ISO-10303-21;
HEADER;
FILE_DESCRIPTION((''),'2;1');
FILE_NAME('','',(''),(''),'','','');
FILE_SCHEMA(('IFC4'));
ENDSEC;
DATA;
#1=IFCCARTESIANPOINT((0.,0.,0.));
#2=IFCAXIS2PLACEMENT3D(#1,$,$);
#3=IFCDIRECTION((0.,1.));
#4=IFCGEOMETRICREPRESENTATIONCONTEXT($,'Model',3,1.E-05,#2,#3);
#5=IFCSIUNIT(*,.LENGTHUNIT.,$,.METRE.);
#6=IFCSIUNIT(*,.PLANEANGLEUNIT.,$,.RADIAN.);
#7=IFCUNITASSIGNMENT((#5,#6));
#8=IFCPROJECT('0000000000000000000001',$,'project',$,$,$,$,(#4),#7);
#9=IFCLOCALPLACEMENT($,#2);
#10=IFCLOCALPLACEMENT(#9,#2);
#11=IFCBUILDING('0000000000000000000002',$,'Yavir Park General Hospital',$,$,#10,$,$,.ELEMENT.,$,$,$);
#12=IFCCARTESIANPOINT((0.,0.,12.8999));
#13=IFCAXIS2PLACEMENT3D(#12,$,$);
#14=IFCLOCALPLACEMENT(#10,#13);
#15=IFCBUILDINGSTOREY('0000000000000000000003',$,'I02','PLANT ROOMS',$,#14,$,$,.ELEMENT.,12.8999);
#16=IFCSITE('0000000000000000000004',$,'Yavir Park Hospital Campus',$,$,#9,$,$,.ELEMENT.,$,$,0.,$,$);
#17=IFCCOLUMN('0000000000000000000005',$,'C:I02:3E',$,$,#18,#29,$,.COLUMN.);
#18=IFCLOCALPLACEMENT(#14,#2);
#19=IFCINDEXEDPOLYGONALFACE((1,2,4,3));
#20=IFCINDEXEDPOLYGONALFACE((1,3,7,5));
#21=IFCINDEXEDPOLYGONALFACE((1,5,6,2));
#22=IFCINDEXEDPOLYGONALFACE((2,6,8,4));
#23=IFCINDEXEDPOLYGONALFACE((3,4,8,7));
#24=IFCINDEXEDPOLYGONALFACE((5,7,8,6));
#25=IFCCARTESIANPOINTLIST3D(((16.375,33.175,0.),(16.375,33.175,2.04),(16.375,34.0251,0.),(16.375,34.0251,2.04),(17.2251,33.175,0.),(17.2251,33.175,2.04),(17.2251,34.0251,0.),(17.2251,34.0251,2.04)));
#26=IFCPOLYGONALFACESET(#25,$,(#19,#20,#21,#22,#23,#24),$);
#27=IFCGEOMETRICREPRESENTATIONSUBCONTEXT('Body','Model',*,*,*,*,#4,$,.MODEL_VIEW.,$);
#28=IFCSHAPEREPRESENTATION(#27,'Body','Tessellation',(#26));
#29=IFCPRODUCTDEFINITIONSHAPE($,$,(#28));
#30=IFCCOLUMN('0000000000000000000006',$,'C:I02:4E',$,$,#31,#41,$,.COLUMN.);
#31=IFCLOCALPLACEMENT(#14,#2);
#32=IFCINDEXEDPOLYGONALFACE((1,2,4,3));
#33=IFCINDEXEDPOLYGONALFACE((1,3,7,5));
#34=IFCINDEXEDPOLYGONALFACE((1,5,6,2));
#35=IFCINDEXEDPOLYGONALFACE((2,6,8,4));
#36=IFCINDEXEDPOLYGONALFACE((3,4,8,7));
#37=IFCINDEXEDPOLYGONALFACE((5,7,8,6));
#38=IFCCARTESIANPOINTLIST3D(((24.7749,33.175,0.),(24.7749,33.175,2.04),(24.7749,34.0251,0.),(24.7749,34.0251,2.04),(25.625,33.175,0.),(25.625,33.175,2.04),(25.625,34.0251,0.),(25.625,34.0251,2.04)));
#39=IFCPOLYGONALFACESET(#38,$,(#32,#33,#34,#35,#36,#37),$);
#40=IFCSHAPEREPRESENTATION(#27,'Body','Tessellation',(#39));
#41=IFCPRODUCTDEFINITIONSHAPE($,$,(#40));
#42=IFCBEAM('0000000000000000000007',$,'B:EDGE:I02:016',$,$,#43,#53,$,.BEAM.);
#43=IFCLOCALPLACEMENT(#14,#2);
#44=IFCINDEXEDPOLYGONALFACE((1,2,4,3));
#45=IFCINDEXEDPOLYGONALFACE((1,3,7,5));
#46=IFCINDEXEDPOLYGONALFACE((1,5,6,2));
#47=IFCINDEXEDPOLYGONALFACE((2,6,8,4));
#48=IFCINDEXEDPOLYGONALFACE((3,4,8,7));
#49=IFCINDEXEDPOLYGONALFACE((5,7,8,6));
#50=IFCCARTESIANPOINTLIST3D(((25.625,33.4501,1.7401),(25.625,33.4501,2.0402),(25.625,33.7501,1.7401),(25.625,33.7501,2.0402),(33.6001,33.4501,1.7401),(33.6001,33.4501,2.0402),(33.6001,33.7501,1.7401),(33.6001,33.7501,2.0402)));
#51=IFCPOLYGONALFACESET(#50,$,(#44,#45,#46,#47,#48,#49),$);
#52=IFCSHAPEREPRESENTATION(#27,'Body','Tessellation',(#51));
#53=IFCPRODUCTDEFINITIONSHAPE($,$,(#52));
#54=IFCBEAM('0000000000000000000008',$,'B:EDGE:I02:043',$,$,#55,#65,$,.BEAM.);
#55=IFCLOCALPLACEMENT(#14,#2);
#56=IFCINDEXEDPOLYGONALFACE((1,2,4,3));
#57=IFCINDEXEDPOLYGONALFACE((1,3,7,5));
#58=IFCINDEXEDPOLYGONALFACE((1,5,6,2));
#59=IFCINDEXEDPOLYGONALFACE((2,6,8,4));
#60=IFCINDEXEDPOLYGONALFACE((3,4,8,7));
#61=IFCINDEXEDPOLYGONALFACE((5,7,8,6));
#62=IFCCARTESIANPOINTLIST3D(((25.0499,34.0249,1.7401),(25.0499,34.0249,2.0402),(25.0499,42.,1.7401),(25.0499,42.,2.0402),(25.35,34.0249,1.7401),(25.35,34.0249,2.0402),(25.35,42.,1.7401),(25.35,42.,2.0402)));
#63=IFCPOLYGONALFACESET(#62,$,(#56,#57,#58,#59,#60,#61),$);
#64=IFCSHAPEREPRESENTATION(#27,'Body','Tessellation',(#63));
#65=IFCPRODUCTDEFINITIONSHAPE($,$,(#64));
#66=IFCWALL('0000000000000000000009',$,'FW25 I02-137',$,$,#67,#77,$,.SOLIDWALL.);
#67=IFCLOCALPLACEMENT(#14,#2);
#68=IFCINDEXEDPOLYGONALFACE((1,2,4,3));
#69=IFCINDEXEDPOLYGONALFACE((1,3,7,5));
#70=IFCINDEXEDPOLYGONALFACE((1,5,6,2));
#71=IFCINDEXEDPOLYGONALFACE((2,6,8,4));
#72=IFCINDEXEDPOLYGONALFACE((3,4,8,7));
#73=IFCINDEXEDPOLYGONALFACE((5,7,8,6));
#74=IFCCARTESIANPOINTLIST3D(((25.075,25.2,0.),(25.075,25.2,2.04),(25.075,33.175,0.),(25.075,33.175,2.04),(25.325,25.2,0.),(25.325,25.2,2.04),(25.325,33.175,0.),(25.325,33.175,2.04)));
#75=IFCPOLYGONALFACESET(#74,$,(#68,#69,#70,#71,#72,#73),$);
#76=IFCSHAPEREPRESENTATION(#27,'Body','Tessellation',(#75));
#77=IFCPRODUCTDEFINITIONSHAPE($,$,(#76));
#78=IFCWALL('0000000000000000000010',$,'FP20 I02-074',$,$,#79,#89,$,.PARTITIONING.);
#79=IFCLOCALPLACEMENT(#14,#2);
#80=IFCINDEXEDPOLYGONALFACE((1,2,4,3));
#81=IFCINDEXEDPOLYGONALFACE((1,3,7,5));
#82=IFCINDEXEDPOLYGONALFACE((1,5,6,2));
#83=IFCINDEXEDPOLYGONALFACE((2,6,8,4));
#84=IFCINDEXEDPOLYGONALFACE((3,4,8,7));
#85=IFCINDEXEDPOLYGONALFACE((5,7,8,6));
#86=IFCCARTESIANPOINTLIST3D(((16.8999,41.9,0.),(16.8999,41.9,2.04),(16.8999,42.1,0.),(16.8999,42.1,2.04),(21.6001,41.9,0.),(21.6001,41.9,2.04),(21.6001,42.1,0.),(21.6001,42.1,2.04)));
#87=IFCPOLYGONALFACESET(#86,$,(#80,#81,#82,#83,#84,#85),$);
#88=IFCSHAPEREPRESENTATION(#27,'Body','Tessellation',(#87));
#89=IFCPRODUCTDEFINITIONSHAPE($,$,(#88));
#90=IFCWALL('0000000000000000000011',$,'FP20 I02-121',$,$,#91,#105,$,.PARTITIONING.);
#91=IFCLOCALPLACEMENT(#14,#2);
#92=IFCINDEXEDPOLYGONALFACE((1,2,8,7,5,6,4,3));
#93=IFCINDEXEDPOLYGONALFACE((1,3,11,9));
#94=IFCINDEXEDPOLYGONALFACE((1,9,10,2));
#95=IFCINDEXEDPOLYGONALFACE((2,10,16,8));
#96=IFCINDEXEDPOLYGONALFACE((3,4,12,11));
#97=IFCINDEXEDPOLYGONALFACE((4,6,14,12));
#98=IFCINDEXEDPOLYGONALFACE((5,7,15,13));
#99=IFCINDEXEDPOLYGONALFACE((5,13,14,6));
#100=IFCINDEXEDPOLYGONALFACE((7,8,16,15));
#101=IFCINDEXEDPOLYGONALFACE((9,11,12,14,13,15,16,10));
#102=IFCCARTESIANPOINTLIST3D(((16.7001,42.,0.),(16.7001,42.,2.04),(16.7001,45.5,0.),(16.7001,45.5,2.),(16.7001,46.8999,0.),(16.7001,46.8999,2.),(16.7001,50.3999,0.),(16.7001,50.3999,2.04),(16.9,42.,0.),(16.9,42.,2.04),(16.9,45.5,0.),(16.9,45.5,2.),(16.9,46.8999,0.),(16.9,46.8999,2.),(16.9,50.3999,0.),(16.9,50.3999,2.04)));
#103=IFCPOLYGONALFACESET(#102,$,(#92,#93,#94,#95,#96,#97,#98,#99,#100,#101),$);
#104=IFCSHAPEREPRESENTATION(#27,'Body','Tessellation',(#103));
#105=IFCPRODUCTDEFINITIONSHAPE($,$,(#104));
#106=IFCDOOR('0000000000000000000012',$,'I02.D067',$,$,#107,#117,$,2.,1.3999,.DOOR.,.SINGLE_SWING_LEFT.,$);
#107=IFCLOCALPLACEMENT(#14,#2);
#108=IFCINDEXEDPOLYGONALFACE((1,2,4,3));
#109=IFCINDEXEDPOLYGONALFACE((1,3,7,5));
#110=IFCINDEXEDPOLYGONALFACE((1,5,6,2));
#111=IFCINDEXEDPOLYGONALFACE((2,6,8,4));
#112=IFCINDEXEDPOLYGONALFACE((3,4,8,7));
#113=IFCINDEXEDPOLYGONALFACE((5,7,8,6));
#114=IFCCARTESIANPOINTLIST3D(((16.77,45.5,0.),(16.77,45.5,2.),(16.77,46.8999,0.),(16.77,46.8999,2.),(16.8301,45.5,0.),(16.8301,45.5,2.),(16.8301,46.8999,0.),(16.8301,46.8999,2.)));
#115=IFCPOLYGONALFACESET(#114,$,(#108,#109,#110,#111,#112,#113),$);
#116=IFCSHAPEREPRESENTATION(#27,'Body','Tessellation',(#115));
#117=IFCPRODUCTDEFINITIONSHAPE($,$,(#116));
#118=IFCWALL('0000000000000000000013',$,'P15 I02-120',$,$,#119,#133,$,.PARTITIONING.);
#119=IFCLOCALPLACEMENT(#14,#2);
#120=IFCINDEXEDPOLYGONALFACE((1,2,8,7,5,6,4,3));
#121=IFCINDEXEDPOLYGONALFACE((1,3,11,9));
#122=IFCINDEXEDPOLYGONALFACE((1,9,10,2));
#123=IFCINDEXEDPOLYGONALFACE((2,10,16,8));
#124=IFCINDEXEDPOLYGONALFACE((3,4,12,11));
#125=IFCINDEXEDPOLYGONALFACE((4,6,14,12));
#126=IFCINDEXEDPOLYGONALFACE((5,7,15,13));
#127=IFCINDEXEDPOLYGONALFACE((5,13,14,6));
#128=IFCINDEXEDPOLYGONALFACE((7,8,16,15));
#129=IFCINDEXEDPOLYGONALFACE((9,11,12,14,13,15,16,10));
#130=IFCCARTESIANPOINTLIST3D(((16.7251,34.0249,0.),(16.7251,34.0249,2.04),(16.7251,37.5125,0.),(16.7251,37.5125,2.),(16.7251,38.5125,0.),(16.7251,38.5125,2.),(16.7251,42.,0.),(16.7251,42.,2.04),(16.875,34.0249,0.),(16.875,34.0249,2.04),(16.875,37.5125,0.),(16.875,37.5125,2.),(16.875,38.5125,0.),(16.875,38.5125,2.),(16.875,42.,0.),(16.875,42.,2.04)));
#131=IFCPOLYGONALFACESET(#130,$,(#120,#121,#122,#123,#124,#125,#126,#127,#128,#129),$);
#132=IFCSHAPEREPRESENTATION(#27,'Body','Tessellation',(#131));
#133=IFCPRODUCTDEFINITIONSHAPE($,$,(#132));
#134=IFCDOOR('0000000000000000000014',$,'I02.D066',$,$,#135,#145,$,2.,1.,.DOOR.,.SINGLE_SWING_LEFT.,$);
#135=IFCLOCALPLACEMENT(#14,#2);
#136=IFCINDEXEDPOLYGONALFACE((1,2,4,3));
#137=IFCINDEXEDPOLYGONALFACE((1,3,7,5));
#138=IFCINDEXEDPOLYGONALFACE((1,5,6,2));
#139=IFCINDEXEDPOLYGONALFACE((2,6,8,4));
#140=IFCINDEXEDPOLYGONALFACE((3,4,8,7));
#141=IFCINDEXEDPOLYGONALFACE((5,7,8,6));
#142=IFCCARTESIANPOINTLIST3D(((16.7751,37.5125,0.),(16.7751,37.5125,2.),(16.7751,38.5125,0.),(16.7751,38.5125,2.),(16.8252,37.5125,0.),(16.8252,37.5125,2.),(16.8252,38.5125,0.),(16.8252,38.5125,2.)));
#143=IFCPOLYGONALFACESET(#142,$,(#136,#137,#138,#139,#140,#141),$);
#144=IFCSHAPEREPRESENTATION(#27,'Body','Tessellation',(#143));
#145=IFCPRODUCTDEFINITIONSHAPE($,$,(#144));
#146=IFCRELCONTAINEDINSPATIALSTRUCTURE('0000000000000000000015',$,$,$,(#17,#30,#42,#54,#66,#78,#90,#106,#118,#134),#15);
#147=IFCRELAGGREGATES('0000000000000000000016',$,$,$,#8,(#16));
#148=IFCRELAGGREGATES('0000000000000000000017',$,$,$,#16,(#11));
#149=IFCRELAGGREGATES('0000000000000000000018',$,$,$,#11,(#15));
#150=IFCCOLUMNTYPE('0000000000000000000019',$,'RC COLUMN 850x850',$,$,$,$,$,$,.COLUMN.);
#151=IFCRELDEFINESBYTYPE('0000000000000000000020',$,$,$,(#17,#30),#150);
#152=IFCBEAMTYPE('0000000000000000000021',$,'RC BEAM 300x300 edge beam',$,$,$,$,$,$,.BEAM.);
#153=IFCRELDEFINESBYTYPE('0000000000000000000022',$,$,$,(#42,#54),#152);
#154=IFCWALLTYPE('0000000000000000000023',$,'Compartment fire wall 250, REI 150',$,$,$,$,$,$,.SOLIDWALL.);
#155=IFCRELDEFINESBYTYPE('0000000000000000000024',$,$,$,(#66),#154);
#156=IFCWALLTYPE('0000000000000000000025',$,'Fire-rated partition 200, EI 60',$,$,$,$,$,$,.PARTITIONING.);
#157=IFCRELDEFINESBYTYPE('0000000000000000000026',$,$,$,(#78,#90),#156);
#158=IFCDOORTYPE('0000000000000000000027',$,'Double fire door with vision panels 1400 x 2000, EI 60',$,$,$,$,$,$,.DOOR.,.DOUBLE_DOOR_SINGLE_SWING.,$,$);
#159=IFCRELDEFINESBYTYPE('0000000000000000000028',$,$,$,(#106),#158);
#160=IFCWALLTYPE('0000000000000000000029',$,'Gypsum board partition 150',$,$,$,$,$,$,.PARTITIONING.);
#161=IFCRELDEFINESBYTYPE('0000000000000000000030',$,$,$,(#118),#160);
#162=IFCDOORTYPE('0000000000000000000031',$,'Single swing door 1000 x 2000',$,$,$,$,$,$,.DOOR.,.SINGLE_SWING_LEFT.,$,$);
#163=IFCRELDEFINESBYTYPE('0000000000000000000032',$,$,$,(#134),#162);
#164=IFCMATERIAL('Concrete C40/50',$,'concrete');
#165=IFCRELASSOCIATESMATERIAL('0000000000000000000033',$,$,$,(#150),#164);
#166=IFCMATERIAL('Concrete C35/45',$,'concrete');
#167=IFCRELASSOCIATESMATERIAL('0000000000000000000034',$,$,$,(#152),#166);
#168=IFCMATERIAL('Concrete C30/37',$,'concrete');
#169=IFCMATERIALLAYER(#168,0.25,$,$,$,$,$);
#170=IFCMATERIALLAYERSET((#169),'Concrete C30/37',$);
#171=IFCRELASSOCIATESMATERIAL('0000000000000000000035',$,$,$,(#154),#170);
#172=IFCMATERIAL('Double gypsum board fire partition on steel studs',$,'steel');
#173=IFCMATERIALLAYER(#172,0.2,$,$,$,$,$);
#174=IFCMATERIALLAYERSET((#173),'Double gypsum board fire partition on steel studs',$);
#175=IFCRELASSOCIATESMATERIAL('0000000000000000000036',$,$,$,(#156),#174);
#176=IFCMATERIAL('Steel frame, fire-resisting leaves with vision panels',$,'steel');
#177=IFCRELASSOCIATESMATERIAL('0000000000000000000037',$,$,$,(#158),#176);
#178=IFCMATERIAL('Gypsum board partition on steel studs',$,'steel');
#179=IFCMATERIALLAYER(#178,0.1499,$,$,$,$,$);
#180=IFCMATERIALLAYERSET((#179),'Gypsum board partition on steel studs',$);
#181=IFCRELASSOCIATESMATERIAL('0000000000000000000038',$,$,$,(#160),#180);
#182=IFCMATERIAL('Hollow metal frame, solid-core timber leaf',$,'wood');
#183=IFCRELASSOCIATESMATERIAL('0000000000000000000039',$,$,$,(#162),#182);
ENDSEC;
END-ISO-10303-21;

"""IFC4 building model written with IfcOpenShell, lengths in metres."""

from ifc_helpers import new_model, si_unit, direction, frame, frame_2d, origin, origin_2d, place, context, subcontext, project, spatial, rectangle, extrude, material, layer, layer_set, material_profile, profile_set, type_object, element, fill, save


model = new_model("IFC4")

# Units and contexts
model_context = context("Model", 3, precision=1e-05, world=origin(), true_north=direction((0.0, 1.0)))
body_context = subcontext(model_context, "Body", "Model", "MODEL_VIEW")
ifc_project = project(units=[si_unit("LENGTHUNIT", "METRE"), si_unit("PLANEANGLEUNIT", "RADIAN")], contexts=[model_context])

# Site, building, storey
site_placement = place(None, origin())
site = spatial("IfcSite", under=ifc_project, at=site_placement, Name="Yavir Park Hospital Campus", CompositionType="ELEMENT", RefElevation=0.0)
building_placement = place(site_placement, origin())
building = spatial("IfcBuilding", under=site, at=building_placement, Name="Yavir Park General Hospital", CompositionType="ELEMENT")
storey_placement = place(building_placement, frame((0.0, 0.0, 12.8999)))
storey = spatial("IfcBuildingStorey", under=building, at=storey_placement, Name="I02", Description="PLANT ROOMS", CompositionType="ELEMENT", Elevation=12.8999)

# Columns
ifc_material_1 = material(Name="Concrete C40/50", Category="concrete")
ifc_material_profile_1 = material_profile(ifc_material_1, rectangle(XDim=0.8501, YDim=0.8501, at=origin_2d()), Name="RC850x850")
ifc_profile_set_1 = profile_set([ifc_material_profile_1], Name="Concrete C40/50")
column_type = type_object("IfcColumnType", Name="RC COLUMN 850x850", PredefinedType="COLUMN", material=ifc_profile_set_1)
for number, where, z_axis, x_axis, name in (
    (1, (16.8, 33.6001, 0.0), (0.0, 0.0, 1.0), (1.0, 0.0, 0.0), "C:I02:3E"),
    (2, (25.2, 33.6001, 0.0), (0.0, 0.0, 1.0), (1.0, 0.0, 0.0), "C:I02:4E"),
):
    element("IfcColumn", number, at=place(storey_placement, frame(where, z_axis=z_axis, x_axis=x_axis)), inside=storey, type_object=column_type, Name=name, PredefinedType="COLUMN", context=body_context, shape_type="SweptSolid", body=[
        extrude(rectangle(XDim=0.8501, YDim=0.8501, at=origin_2d()), origin(), (0.0, 0.0, 1.0), 2.04),
    ])

# Beams
ifc_material_2 = material(Name="Concrete C35/45", Category="concrete")
ifc_material_profile_2 = material_profile(ifc_material_2, rectangle(XDim=0.3, YDim=0.3, at=origin_2d()), Name="RC300x300")
ifc_profile_set_2 = profile_set([ifc_material_profile_2], Name="Concrete C35/45")
beam_type = type_object("IfcBeamType", Name="RC BEAM 300x300 edge beam", PredefinedType="BEAM", material=ifc_profile_set_2)
for number, where, z_axis, x_axis, name in (
    (3, (25.625, 33.6001, 1.8901), (1.0, 0.0, 0.0), (0.0, 1.0, 0.0), "B:EDGE:I02:016"),
    (4, (25.2, 34.0249, 1.8901), (0.0, 1.0, 0.0), (-1.0, 0.0, 0.0), "B:EDGE:I02:043"),
):
    element("IfcBeam", number, at=place(storey_placement, frame(where, z_axis=z_axis, x_axis=x_axis)), inside=storey, type_object=beam_type, Name=name, PredefinedType="BEAM", context=body_context, shape_type="SweptSolid", body=[
        extrude(rectangle(XDim=0.3, YDim=0.3, at=origin_2d()), origin(), (0.0, 0.0, 1.0), 7.9751),
    ])

# Walls
ifc_material_3 = material(Name="Concrete C30/37", Category="concrete")
ifc_layer_1 = layer(ifc_material_3, 0.25)
ifc_layer_set_1 = layer_set([ifc_layer_1], Name="Concrete C30/37")
wall_type_1 = type_object("IfcWallType", Name="Compartment fire wall 250, REI 150", PredefinedType="SOLIDWALL", material=ifc_layer_set_1)
wall_1_placement = place(storey_placement, frame((25.2, 25.2, 0.0), z_axis=(0.0, 0.0, 1.0), x_axis=(0.0, 1.0, 0.0)))
element("IfcWall", 5, at=wall_1_placement, inside=storey, type_object=wall_type_1, Name="FW25 I02-137", PredefinedType="SOLIDWALL", context=body_context, shape_type="SweptSolid", body=[
    extrude(rectangle(XDim=7.9751, YDim=0.25, at=frame_2d((3.9875, 0.0))), origin(), (0.0, 0.0, 1.0), 2.04),
])
ifc_material_4 = material(Name="Double gypsum board fire partition on steel studs", Category="steel")
ifc_layer_2 = layer(ifc_material_4, 0.2)
ifc_layer_set_2 = layer_set([ifc_layer_2], Name="Double gypsum board fire partition on steel studs")
wall_type_2 = type_object("IfcWallType", Name="Fire-rated partition 200, EI 60", PredefinedType="PARTITIONING", material=ifc_layer_set_2)
wall_2_placement = place(storey_placement, frame((16.8999, 42.0, 0.0), z_axis=(0.0, 0.0, 1.0), x_axis=(1.0, 0.0, 0.0)))
element("IfcWall", 6, at=wall_2_placement, inside=storey, type_object=wall_type_2, Name="FP20 I02-074", PredefinedType="PARTITIONING", context=body_context, shape_type="SweptSolid", body=[
    extrude(rectangle(XDim=4.7002, YDim=0.2, at=frame_2d((2.3501, 0.0))), origin(), (0.0, 0.0, 1.0), 2.04),
])

# Walls, openings, doors
wall_3_placement = place(storey_placement, frame((16.8, 42.0, 0.0), z_axis=(0.0, 0.0, 1.0), x_axis=(0.0, 1.0, 0.0)))
wall_3 = element("IfcWall", 7, at=wall_3_placement, inside=storey, type_object=wall_type_2, Name="FP20 I02-121", PredefinedType="PARTITIONING", context=body_context, shape_type="SweptSolid", body=[
    extrude(rectangle(XDim=8.3999, YDim=0.2, at=frame_2d((4.2, 0.0))), origin(), (0.0, 0.0, 1.0), 2.04),
])
opening_1_placement = place(wall_3_placement, frame((3.5, 0.0, 0.0)))
opening_1 = element("IfcOpeningElement", 8, at=opening_1_placement, cuts=wall_3, PredefinedType="OPENING", context=body_context, shape_type="SweptSolid", body=[
    extrude(rectangle(XDim=1.3999, YDim=2.0, at=frame_2d((0.7, 1.0))), frame((0.0, 0.1099, 0.0), z_axis=(0.0, -1.0, 0.0), x_axis=(1.0, 0.0, 0.0)), (0.0, 0.0, 1.0), 0.22),
])
ifc_material_5 = material(Name="Steel frame, fire-resisting leaves with vision panels", Category="steel")
door_type_1 = type_object("IfcDoorType", Name="Double fire door with vision panels 1400 x 2000, EI 60", OperationType="DOUBLE_DOOR_SINGLE_SWING", PredefinedType="DOOR", material=ifc_material_5)
door_1_placement = place(opening_1_placement, origin())
door_1 = element("IfcDoor", 9, at=door_1_placement, inside=storey, type_object=door_type_1, Name="I02.D067", OperationType="SINGLE_SWING_LEFT", OverallHeight=2.0, OverallWidth=1.3999, PredefinedType="DOOR", context=body_context, shape_type="SweptSolid", body=[
    extrude(rectangle(XDim=1.3999, YDim=2.0, at=frame_2d((0.7, 1.0))), frame((0.0, 0.03, 0.0), z_axis=(0.0, -1.0, 0.0), x_axis=(1.0, 0.0, 0.0)), (0.0, 0.0, 1.0), 0.0601),
])
fill(opening_1, door_1)
ifc_material_6 = material(Name="Gypsum board partition on steel studs", Category="steel")
ifc_layer_3 = layer(ifc_material_6, 0.1499)
ifc_layer_set_3 = layer_set([ifc_layer_3], Name="Gypsum board partition on steel studs")
wall_type_3 = type_object("IfcWallType", Name="Gypsum board partition 150", PredefinedType="PARTITIONING", material=ifc_layer_set_3)
wall_4_placement = place(storey_placement, frame((16.8, 34.0249, 0.0), z_axis=(0.0, 0.0, 1.0), x_axis=(0.0, 1.0, 0.0)))
wall_4 = element("IfcWall", 10, at=wall_4_placement, inside=storey, type_object=wall_type_3, Name="P15 I02-120", PredefinedType="PARTITIONING", context=body_context, shape_type="SweptSolid", body=[
    extrude(rectangle(XDim=7.9751, YDim=0.1499, at=frame_2d((3.9875, 0.0))), origin(), (0.0, 0.0, 1.0), 2.04),
])
opening_2_placement = place(wall_4_placement, frame((3.4875, 0.0, 0.0)))
opening_2 = element("IfcOpeningElement", 11, at=opening_2_placement, cuts=wall_4, PredefinedType="OPENING", context=body_context, shape_type="SweptSolid", body=[
    extrude(rectangle(XDim=1.0, YDim=2.0, at=frame_2d((0.5, 1.0))), frame((0.0, 0.085, 0.0), z_axis=(0.0, -1.0, 0.0), x_axis=(1.0, 0.0, 0.0)), (0.0, 0.0, 1.0), 0.1699),
])
ifc_material_7 = material(Name="Hollow metal frame, solid-core timber leaf", Category="wood")
door_type_2 = type_object("IfcDoorType", Name="Single swing door 1000 x 2000", OperationType="SINGLE_SWING_LEFT", PredefinedType="DOOR", material=ifc_material_7)
door_2_placement = place(opening_2_placement, origin())
door_2 = element("IfcDoor", 12, at=door_2_placement, inside=storey, type_object=door_type_2, Name="I02.D066", OperationType="SINGLE_SWING_LEFT", OverallHeight=2.0, OverallWidth=1.0, PredefinedType="DOOR", context=body_context, shape_type="SweptSolid", body=[
    extrude(rectangle(XDim=1.0, YDim=2.0, at=frame_2d((0.5, 1.0))), frame((0.0, 0.0249, 0.0), z_axis=(0.0, -1.0, 0.0), x_axis=(1.0, 0.0, 0.0)), (0.0, 0.0, 1.0), 0.05),
])
fill(opening_2, door_2)

save(model, "model.ifc")
